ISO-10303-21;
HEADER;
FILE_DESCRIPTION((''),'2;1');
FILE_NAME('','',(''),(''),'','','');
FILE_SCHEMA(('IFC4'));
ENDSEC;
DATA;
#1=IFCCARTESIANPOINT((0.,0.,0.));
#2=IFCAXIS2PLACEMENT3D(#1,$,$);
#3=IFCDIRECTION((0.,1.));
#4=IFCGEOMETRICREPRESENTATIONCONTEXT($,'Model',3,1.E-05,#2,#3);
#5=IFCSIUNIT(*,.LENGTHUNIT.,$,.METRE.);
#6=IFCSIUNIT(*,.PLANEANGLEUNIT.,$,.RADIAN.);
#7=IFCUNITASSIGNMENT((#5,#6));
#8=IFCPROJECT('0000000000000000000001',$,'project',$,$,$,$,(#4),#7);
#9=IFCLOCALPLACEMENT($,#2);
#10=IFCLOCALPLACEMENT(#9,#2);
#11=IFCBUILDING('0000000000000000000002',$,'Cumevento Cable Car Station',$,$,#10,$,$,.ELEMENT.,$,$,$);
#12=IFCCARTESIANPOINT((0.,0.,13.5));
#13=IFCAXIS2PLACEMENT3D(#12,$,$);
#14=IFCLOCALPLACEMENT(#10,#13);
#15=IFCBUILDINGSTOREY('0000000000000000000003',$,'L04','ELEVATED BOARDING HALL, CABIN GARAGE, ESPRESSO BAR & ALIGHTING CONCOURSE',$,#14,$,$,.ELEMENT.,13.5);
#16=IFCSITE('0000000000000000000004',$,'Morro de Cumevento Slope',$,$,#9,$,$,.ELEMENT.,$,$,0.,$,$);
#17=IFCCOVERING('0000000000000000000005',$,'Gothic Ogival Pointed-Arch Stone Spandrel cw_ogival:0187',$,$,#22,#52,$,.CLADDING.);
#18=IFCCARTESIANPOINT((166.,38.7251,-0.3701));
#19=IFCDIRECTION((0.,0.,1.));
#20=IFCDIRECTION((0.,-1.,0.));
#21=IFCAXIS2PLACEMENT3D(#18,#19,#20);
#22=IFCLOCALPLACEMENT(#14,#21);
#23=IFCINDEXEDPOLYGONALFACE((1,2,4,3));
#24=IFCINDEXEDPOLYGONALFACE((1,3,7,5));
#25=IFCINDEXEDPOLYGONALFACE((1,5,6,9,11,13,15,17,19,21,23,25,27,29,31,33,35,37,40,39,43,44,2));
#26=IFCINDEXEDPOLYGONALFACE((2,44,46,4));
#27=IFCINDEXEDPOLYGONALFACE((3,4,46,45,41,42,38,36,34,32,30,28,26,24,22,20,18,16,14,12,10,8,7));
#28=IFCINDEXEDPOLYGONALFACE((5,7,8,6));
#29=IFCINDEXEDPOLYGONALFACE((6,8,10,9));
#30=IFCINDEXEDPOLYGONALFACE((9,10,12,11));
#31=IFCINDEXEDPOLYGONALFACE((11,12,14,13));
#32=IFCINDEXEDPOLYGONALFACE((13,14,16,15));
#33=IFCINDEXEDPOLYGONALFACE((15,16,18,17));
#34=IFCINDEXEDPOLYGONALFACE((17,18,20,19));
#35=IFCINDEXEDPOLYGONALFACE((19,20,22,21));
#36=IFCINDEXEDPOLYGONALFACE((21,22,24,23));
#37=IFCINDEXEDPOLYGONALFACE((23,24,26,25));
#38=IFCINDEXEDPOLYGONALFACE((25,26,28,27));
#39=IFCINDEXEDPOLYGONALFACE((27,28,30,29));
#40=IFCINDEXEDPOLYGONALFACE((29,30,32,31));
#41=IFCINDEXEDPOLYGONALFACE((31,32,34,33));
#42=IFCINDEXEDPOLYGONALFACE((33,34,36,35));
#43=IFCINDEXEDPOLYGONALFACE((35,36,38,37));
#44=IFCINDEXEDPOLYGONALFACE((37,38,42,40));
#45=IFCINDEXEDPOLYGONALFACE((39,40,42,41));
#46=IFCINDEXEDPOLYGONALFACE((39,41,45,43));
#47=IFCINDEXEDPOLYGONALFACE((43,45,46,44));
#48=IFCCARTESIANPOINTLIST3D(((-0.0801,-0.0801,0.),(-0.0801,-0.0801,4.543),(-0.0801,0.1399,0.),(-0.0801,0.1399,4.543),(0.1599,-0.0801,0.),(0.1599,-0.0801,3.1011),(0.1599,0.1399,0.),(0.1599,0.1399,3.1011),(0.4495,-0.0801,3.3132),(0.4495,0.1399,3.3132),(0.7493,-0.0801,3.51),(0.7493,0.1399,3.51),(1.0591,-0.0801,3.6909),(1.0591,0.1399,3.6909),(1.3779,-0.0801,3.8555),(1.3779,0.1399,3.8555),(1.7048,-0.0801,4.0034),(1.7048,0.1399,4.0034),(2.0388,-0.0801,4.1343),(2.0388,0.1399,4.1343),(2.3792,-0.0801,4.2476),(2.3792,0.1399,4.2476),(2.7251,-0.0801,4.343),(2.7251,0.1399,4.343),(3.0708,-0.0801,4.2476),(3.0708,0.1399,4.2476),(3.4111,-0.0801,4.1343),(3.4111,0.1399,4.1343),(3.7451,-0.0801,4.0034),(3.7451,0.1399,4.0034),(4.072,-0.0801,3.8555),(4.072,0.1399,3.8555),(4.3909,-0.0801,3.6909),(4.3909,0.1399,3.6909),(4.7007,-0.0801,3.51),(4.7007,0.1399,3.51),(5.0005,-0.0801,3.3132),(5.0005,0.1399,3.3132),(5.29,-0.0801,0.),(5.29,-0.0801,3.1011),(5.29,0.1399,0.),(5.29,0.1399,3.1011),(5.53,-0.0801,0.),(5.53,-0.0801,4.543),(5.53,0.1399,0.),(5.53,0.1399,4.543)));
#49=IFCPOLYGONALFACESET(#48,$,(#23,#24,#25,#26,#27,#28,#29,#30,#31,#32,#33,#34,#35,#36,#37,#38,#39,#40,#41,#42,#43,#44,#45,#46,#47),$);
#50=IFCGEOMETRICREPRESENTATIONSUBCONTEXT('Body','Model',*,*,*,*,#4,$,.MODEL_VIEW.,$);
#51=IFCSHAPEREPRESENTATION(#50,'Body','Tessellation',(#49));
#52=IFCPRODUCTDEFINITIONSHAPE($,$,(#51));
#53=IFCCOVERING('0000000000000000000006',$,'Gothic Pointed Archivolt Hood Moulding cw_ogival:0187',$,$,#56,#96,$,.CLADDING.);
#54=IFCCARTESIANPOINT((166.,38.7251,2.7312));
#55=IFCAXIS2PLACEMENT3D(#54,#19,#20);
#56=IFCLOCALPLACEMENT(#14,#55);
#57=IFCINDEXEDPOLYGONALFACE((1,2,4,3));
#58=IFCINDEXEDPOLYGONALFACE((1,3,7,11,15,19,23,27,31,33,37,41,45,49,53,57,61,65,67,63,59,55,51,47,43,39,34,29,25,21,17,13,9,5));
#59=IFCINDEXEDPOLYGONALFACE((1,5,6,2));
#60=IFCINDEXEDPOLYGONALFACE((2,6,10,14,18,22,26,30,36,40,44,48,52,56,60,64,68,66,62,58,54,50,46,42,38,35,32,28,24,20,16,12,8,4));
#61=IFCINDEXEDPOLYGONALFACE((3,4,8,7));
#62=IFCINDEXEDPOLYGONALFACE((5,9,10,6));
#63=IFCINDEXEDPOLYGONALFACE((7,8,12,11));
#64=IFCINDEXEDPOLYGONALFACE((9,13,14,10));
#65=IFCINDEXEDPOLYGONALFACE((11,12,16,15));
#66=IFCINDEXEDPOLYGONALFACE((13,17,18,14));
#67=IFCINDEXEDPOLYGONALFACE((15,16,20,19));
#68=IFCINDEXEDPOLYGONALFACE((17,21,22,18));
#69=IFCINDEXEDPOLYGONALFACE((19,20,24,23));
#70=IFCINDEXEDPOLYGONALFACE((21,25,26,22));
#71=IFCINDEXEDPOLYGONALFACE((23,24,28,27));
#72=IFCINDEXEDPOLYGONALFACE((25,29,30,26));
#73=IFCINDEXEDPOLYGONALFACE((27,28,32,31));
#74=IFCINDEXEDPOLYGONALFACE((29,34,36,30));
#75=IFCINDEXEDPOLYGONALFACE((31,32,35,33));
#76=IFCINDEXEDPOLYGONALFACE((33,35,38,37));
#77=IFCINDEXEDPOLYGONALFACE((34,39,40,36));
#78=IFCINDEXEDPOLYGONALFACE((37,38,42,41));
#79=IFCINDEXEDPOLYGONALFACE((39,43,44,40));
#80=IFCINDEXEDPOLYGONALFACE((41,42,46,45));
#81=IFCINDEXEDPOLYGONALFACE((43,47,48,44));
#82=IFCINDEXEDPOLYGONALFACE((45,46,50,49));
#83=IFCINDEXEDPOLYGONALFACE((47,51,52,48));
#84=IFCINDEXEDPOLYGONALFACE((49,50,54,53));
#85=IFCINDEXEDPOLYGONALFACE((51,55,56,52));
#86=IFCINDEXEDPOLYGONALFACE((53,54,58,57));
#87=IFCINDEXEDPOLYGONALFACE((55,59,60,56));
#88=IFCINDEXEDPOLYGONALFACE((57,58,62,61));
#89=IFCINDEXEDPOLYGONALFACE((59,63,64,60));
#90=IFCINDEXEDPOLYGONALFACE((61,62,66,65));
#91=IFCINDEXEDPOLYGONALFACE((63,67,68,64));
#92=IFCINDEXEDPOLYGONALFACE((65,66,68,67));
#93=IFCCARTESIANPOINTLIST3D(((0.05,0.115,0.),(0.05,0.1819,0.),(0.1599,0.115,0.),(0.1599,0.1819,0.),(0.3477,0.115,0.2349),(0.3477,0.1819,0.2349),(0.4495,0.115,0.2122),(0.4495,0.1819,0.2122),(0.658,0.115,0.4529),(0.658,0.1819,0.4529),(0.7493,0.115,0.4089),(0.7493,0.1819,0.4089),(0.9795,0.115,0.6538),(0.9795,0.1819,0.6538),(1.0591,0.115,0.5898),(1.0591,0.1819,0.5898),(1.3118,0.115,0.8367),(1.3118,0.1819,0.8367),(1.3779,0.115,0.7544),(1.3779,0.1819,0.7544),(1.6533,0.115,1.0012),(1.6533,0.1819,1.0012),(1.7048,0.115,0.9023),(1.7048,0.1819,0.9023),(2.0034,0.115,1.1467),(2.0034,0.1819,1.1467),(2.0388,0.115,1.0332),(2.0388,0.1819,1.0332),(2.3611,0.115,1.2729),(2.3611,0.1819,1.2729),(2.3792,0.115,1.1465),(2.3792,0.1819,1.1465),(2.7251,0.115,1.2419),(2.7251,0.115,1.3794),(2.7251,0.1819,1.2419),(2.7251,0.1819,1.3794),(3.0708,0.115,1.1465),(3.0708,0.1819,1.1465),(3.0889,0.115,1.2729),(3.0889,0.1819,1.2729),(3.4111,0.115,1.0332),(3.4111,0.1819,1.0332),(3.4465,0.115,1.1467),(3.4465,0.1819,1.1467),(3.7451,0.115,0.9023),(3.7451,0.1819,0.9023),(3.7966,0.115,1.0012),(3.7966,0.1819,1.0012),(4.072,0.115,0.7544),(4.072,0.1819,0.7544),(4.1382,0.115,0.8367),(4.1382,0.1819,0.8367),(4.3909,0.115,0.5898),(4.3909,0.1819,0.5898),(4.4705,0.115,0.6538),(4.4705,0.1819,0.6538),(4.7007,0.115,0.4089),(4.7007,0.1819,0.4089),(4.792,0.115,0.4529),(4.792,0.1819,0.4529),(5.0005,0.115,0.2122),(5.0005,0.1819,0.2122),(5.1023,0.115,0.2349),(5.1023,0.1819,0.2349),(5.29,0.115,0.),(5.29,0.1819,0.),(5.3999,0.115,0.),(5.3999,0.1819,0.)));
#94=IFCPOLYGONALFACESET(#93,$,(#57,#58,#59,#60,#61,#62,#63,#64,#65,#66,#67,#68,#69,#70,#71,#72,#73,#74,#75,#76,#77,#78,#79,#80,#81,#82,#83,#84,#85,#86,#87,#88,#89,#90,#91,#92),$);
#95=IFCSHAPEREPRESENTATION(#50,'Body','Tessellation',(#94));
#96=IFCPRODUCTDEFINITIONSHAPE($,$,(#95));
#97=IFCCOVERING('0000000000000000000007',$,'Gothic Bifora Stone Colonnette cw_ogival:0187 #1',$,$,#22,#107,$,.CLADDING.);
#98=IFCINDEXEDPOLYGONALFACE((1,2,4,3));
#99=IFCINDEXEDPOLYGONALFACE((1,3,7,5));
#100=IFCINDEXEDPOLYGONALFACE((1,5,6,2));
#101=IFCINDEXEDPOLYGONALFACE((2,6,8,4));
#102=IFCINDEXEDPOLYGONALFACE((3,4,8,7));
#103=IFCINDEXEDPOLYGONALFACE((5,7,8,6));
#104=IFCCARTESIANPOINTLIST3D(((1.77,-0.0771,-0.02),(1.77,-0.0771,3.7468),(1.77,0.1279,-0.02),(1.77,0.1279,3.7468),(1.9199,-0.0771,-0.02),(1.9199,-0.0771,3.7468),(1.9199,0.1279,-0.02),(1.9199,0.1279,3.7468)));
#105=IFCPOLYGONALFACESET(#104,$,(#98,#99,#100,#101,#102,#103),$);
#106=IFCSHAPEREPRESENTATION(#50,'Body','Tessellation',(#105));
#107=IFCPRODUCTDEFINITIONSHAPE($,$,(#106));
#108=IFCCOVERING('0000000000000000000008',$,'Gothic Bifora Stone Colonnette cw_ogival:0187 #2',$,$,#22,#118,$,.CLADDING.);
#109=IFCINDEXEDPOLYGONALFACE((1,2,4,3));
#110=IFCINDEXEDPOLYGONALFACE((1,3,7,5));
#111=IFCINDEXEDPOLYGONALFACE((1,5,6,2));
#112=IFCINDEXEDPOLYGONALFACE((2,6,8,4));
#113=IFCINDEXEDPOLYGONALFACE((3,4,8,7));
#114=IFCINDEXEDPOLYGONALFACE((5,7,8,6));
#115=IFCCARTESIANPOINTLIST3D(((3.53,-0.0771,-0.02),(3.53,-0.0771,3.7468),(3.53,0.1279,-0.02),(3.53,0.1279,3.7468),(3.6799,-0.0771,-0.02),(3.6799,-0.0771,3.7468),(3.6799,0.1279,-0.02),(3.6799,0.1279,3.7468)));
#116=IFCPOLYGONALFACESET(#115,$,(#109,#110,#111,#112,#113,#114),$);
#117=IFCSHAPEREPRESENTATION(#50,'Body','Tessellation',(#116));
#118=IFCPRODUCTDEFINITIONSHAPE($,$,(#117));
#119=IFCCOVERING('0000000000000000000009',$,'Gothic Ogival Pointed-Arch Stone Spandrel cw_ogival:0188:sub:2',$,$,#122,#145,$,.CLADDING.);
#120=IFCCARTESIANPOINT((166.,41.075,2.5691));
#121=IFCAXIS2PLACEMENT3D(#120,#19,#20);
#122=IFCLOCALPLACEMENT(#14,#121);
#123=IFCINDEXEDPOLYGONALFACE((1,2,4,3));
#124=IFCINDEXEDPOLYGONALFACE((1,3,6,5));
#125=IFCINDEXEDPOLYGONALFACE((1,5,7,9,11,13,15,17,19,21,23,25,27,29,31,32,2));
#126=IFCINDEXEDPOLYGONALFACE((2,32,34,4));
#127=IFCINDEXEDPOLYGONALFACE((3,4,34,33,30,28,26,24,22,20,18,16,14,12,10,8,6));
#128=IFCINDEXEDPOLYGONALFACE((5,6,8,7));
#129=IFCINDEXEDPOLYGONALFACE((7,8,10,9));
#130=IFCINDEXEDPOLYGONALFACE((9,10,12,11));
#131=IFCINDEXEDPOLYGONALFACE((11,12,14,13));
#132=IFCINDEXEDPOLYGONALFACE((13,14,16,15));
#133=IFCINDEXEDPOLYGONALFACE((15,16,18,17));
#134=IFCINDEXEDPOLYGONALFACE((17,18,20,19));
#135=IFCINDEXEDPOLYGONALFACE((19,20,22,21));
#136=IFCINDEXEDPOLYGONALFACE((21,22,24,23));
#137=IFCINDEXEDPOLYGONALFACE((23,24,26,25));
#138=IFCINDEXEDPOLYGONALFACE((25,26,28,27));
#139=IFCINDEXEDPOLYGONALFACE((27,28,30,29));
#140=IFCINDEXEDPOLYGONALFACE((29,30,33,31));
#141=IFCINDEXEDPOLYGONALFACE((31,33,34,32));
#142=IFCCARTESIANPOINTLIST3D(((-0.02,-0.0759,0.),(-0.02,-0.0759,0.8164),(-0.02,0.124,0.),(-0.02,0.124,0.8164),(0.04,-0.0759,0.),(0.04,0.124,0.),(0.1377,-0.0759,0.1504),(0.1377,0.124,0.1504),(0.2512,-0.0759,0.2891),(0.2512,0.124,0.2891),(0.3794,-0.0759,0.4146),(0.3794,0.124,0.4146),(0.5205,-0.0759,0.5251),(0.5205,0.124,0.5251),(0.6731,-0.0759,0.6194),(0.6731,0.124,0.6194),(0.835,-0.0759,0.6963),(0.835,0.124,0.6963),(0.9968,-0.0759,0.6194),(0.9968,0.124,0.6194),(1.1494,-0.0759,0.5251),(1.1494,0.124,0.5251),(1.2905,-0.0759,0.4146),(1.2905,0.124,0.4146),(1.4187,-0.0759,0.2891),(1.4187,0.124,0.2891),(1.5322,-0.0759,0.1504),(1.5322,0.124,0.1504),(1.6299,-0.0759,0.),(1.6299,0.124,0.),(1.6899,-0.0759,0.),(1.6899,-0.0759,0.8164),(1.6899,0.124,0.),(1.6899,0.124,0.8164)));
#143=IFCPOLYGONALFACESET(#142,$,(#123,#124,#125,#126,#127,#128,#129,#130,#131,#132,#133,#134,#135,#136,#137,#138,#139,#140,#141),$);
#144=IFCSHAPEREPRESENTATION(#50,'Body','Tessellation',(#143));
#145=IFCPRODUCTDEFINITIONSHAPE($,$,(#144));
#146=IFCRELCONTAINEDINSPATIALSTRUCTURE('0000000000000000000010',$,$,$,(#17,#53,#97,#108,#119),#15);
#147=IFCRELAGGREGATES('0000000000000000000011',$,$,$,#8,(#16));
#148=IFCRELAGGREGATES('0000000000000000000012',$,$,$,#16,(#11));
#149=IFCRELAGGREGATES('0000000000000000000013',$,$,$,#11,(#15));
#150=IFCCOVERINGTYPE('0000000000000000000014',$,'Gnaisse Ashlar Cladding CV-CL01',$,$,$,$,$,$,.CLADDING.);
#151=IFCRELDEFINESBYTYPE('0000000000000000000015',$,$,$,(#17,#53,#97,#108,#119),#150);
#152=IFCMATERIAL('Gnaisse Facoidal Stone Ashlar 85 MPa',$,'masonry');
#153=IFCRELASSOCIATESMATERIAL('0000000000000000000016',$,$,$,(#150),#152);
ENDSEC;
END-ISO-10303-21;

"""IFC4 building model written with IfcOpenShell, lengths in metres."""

from ifc_helpers import new_model, si_unit, direction, frame, origin, place, context, subcontext, project, spatial, polyline, outline, extrude, material, type_object, element, save


model = new_model("IFC4")

# Units and contexts
model_context = context("Model", 3, precision=1e-05, world=origin(), true_north=direction((0.0, 1.0)))
body_context = subcontext(model_context, "Body", "Model", "MODEL_VIEW")
ifc_project = project(units=[si_unit("LENGTHUNIT", "METRE"), si_unit("PLANEANGLEUNIT", "RADIAN")], contexts=[model_context])

# Site, building, storey
site_placement = place(None, origin())
site = spatial("IfcSite", under=ifc_project, at=site_placement, Name="Morro de Cumevento Slope", CompositionType="ELEMENT", RefElevation=0.0)
building_placement = place(site_placement, origin())
building = spatial("IfcBuilding", under=site, at=building_placement, Name="Cumevento Cable Car Station", CompositionType="ELEMENT")
storey_placement = place(building_placement, frame((0.0, 0.0, 13.5)))
storey = spatial("IfcBuildingStorey", under=building, at=storey_placement, Name="L04", Description="ELEVATED BOARDING HALL, CABIN GARAGE, ESPRESSO BAR & ALIGHTING CONCOURSE", CompositionType="ELEMENT", Elevation=13.5)

# Coverings
ifc_material_1 = material(Name="Gnaisse Facoidal Stone Ashlar 85 MPa", Category="masonry")
covering_type = type_object("IfcCoveringType", Name="Gnaisse Ashlar Cladding CV-CL01", PredefinedType="CLADDING", material=ifc_material_1)
placement = place(storey_placement, frame((166.0, 38.7251, -0.3701), z_axis=(0.0, 0.0, 1.0), x_axis=(0.0, -1.0, 0.0)))
element("IfcCovering", 1, at=placement, inside=storey, type_object=covering_type, Name="Gothic Ogival Pointed-Arch Stone Spandrel cw_ogival:0187", PredefinedType="CLADDING", context=body_context, shape_type="SweptSolid", body=[
    extrude(outline(polyline([(-0.0801, 0.0), (-0.0801, 4.543), (5.53, 4.543), (5.53, 0.0), (5.29, 0.0), (5.29, 3.1011), (5.0005, 3.3132), (4.7007, 3.51), (4.3909, 3.6909), (4.072, 3.8555), (3.7451, 4.0034), (3.4111, 4.1343), (3.0708, 4.2476), (2.7251, 4.343), (2.3792, 4.2476), (2.0388, 4.1343), (1.7048, 4.0034), (1.3779, 3.8555), (1.0591, 3.6909), (0.7493, 3.51), (0.4495, 3.3132), (0.1599, 3.1011), (0.1599, 0.0), (-0.0801, 0.0)])), frame((0.0, 0.1399, 0.0), z_axis=(0.0, -1.0, 0.0), x_axis=(1.0, 0.0, 0.0)), (0.0, 0.0, 1.0), 0.22),
])
covering_1_placement = place(storey_placement, frame((166.0, 38.7251, 2.7312), z_axis=(0.0, 0.0, 1.0), x_axis=(0.0, -1.0, 0.0)))
element("IfcCovering", 2, at=covering_1_placement, inside=storey, type_object=covering_type, Name="Gothic Pointed Archivolt Hood Moulding cw_ogival:0187", PredefinedType="CLADDING", context=body_context, shape_type="SweptSolid", body=[
    extrude(outline(polyline([(0.1599, 0.0), (0.4495, 0.2122), (0.7493, 0.4089), (1.0591, 0.5898), (1.3779, 0.7544), (1.7048, 0.9023), (2.0388, 1.0332), (2.3792, 1.1465), (2.7251, 1.2419), (3.0708, 1.1465), (3.4111, 1.0332), (3.7451, 0.9023), (4.072, 0.7544), (4.3909, 0.5898), (4.7007, 0.4089), (5.0005, 0.2122), (5.29, 0.0), (5.3999, 0.0), (5.1023, 0.2349), (4.792, 0.4529), (4.4705, 0.6538), (4.1382, 0.8367), (3.7966, 1.0012), (3.4465, 1.1467), (3.0889, 1.2729), (2.7251, 1.3794), (2.3611, 1.2729), (2.0034, 1.1467), (1.6533, 1.0012), (1.3118, 0.8367), (0.9795, 0.6538), (0.658, 0.4529), (0.3477, 0.2349), (0.05, 0.0), (0.1599, 0.0)])), frame((0.0, 0.1819, 0.0), z_axis=(0.0, -1.0, 0.0), x_axis=(1.0, 0.0, 0.0)), (0.0, 0.0, 1.0), 0.0669),
])
element("IfcCovering", 3, at=placement, inside=storey, type_object=covering_type, Name="Gothic Bifora Stone Colonnette cw_ogival:0187 #1", PredefinedType="CLADDING", context=body_context, shape_type="SweptSolid", body=[
    extrude(outline(polyline([(1.77, -0.02), (1.9199, -0.02), (1.9199, 3.7468), (1.77, 3.7468), (1.77, -0.02)])), frame((0.0, 0.1279, 0.0), z_axis=(0.0, -1.0, 0.0), x_axis=(1.0, 0.0, 0.0)), (0.0, 0.0, 1.0), 0.2051),
])
element("IfcCovering", 4, at=placement, inside=storey, type_object=covering_type, Name="Gothic Bifora Stone Colonnette cw_ogival:0187 #2", PredefinedType="CLADDING", context=body_context, shape_type="SweptSolid", body=[
    extrude(outline(polyline([(3.53, -0.02), (3.6799, -0.02), (3.6799, 3.7468), (3.53, 3.7468), (3.53, -0.02)])), frame((0.0, 0.1279, 0.0), z_axis=(0.0, -1.0, 0.0), x_axis=(1.0, 0.0, 0.0)), (0.0, 0.0, 1.0), 0.2051),
])
covering_2_placement = place(storey_placement, frame((166.0, 41.075, 2.5691), z_axis=(0.0, 0.0, 1.0), x_axis=(0.0, -1.0, 0.0)))
element("IfcCovering", 5, at=covering_2_placement, inside=storey, type_object=covering_type, Name="Gothic Ogival Pointed-Arch Stone Spandrel cw_ogival:0188:sub:2", PredefinedType="CLADDING", context=body_context, shape_type="SweptSolid", body=[
    extrude(outline(polyline([(-0.02, 0.0), (-0.02, 0.8164), (1.6899, 0.8164), (1.6899, 0.0), (1.6299, 0.0), (1.5322, 0.1504), (1.4187, 0.2891), (1.2905, 0.4146), (1.1494, 0.5251), (0.9968, 0.6194), (0.835, 0.6963), (0.6731, 0.6194), (0.5205, 0.5251), (0.3794, 0.4146), (0.2512, 0.2891), (0.1377, 0.1504), (0.04, 0.0), (-0.02, 0.0)])), frame((0.0, 0.124, 0.0), z_axis=(0.0, -1.0, 0.0), x_axis=(1.0, 0.0, 0.0)), (0.0, 0.0, 1.0), 0.2),
])

save(model, "model.ifc")
